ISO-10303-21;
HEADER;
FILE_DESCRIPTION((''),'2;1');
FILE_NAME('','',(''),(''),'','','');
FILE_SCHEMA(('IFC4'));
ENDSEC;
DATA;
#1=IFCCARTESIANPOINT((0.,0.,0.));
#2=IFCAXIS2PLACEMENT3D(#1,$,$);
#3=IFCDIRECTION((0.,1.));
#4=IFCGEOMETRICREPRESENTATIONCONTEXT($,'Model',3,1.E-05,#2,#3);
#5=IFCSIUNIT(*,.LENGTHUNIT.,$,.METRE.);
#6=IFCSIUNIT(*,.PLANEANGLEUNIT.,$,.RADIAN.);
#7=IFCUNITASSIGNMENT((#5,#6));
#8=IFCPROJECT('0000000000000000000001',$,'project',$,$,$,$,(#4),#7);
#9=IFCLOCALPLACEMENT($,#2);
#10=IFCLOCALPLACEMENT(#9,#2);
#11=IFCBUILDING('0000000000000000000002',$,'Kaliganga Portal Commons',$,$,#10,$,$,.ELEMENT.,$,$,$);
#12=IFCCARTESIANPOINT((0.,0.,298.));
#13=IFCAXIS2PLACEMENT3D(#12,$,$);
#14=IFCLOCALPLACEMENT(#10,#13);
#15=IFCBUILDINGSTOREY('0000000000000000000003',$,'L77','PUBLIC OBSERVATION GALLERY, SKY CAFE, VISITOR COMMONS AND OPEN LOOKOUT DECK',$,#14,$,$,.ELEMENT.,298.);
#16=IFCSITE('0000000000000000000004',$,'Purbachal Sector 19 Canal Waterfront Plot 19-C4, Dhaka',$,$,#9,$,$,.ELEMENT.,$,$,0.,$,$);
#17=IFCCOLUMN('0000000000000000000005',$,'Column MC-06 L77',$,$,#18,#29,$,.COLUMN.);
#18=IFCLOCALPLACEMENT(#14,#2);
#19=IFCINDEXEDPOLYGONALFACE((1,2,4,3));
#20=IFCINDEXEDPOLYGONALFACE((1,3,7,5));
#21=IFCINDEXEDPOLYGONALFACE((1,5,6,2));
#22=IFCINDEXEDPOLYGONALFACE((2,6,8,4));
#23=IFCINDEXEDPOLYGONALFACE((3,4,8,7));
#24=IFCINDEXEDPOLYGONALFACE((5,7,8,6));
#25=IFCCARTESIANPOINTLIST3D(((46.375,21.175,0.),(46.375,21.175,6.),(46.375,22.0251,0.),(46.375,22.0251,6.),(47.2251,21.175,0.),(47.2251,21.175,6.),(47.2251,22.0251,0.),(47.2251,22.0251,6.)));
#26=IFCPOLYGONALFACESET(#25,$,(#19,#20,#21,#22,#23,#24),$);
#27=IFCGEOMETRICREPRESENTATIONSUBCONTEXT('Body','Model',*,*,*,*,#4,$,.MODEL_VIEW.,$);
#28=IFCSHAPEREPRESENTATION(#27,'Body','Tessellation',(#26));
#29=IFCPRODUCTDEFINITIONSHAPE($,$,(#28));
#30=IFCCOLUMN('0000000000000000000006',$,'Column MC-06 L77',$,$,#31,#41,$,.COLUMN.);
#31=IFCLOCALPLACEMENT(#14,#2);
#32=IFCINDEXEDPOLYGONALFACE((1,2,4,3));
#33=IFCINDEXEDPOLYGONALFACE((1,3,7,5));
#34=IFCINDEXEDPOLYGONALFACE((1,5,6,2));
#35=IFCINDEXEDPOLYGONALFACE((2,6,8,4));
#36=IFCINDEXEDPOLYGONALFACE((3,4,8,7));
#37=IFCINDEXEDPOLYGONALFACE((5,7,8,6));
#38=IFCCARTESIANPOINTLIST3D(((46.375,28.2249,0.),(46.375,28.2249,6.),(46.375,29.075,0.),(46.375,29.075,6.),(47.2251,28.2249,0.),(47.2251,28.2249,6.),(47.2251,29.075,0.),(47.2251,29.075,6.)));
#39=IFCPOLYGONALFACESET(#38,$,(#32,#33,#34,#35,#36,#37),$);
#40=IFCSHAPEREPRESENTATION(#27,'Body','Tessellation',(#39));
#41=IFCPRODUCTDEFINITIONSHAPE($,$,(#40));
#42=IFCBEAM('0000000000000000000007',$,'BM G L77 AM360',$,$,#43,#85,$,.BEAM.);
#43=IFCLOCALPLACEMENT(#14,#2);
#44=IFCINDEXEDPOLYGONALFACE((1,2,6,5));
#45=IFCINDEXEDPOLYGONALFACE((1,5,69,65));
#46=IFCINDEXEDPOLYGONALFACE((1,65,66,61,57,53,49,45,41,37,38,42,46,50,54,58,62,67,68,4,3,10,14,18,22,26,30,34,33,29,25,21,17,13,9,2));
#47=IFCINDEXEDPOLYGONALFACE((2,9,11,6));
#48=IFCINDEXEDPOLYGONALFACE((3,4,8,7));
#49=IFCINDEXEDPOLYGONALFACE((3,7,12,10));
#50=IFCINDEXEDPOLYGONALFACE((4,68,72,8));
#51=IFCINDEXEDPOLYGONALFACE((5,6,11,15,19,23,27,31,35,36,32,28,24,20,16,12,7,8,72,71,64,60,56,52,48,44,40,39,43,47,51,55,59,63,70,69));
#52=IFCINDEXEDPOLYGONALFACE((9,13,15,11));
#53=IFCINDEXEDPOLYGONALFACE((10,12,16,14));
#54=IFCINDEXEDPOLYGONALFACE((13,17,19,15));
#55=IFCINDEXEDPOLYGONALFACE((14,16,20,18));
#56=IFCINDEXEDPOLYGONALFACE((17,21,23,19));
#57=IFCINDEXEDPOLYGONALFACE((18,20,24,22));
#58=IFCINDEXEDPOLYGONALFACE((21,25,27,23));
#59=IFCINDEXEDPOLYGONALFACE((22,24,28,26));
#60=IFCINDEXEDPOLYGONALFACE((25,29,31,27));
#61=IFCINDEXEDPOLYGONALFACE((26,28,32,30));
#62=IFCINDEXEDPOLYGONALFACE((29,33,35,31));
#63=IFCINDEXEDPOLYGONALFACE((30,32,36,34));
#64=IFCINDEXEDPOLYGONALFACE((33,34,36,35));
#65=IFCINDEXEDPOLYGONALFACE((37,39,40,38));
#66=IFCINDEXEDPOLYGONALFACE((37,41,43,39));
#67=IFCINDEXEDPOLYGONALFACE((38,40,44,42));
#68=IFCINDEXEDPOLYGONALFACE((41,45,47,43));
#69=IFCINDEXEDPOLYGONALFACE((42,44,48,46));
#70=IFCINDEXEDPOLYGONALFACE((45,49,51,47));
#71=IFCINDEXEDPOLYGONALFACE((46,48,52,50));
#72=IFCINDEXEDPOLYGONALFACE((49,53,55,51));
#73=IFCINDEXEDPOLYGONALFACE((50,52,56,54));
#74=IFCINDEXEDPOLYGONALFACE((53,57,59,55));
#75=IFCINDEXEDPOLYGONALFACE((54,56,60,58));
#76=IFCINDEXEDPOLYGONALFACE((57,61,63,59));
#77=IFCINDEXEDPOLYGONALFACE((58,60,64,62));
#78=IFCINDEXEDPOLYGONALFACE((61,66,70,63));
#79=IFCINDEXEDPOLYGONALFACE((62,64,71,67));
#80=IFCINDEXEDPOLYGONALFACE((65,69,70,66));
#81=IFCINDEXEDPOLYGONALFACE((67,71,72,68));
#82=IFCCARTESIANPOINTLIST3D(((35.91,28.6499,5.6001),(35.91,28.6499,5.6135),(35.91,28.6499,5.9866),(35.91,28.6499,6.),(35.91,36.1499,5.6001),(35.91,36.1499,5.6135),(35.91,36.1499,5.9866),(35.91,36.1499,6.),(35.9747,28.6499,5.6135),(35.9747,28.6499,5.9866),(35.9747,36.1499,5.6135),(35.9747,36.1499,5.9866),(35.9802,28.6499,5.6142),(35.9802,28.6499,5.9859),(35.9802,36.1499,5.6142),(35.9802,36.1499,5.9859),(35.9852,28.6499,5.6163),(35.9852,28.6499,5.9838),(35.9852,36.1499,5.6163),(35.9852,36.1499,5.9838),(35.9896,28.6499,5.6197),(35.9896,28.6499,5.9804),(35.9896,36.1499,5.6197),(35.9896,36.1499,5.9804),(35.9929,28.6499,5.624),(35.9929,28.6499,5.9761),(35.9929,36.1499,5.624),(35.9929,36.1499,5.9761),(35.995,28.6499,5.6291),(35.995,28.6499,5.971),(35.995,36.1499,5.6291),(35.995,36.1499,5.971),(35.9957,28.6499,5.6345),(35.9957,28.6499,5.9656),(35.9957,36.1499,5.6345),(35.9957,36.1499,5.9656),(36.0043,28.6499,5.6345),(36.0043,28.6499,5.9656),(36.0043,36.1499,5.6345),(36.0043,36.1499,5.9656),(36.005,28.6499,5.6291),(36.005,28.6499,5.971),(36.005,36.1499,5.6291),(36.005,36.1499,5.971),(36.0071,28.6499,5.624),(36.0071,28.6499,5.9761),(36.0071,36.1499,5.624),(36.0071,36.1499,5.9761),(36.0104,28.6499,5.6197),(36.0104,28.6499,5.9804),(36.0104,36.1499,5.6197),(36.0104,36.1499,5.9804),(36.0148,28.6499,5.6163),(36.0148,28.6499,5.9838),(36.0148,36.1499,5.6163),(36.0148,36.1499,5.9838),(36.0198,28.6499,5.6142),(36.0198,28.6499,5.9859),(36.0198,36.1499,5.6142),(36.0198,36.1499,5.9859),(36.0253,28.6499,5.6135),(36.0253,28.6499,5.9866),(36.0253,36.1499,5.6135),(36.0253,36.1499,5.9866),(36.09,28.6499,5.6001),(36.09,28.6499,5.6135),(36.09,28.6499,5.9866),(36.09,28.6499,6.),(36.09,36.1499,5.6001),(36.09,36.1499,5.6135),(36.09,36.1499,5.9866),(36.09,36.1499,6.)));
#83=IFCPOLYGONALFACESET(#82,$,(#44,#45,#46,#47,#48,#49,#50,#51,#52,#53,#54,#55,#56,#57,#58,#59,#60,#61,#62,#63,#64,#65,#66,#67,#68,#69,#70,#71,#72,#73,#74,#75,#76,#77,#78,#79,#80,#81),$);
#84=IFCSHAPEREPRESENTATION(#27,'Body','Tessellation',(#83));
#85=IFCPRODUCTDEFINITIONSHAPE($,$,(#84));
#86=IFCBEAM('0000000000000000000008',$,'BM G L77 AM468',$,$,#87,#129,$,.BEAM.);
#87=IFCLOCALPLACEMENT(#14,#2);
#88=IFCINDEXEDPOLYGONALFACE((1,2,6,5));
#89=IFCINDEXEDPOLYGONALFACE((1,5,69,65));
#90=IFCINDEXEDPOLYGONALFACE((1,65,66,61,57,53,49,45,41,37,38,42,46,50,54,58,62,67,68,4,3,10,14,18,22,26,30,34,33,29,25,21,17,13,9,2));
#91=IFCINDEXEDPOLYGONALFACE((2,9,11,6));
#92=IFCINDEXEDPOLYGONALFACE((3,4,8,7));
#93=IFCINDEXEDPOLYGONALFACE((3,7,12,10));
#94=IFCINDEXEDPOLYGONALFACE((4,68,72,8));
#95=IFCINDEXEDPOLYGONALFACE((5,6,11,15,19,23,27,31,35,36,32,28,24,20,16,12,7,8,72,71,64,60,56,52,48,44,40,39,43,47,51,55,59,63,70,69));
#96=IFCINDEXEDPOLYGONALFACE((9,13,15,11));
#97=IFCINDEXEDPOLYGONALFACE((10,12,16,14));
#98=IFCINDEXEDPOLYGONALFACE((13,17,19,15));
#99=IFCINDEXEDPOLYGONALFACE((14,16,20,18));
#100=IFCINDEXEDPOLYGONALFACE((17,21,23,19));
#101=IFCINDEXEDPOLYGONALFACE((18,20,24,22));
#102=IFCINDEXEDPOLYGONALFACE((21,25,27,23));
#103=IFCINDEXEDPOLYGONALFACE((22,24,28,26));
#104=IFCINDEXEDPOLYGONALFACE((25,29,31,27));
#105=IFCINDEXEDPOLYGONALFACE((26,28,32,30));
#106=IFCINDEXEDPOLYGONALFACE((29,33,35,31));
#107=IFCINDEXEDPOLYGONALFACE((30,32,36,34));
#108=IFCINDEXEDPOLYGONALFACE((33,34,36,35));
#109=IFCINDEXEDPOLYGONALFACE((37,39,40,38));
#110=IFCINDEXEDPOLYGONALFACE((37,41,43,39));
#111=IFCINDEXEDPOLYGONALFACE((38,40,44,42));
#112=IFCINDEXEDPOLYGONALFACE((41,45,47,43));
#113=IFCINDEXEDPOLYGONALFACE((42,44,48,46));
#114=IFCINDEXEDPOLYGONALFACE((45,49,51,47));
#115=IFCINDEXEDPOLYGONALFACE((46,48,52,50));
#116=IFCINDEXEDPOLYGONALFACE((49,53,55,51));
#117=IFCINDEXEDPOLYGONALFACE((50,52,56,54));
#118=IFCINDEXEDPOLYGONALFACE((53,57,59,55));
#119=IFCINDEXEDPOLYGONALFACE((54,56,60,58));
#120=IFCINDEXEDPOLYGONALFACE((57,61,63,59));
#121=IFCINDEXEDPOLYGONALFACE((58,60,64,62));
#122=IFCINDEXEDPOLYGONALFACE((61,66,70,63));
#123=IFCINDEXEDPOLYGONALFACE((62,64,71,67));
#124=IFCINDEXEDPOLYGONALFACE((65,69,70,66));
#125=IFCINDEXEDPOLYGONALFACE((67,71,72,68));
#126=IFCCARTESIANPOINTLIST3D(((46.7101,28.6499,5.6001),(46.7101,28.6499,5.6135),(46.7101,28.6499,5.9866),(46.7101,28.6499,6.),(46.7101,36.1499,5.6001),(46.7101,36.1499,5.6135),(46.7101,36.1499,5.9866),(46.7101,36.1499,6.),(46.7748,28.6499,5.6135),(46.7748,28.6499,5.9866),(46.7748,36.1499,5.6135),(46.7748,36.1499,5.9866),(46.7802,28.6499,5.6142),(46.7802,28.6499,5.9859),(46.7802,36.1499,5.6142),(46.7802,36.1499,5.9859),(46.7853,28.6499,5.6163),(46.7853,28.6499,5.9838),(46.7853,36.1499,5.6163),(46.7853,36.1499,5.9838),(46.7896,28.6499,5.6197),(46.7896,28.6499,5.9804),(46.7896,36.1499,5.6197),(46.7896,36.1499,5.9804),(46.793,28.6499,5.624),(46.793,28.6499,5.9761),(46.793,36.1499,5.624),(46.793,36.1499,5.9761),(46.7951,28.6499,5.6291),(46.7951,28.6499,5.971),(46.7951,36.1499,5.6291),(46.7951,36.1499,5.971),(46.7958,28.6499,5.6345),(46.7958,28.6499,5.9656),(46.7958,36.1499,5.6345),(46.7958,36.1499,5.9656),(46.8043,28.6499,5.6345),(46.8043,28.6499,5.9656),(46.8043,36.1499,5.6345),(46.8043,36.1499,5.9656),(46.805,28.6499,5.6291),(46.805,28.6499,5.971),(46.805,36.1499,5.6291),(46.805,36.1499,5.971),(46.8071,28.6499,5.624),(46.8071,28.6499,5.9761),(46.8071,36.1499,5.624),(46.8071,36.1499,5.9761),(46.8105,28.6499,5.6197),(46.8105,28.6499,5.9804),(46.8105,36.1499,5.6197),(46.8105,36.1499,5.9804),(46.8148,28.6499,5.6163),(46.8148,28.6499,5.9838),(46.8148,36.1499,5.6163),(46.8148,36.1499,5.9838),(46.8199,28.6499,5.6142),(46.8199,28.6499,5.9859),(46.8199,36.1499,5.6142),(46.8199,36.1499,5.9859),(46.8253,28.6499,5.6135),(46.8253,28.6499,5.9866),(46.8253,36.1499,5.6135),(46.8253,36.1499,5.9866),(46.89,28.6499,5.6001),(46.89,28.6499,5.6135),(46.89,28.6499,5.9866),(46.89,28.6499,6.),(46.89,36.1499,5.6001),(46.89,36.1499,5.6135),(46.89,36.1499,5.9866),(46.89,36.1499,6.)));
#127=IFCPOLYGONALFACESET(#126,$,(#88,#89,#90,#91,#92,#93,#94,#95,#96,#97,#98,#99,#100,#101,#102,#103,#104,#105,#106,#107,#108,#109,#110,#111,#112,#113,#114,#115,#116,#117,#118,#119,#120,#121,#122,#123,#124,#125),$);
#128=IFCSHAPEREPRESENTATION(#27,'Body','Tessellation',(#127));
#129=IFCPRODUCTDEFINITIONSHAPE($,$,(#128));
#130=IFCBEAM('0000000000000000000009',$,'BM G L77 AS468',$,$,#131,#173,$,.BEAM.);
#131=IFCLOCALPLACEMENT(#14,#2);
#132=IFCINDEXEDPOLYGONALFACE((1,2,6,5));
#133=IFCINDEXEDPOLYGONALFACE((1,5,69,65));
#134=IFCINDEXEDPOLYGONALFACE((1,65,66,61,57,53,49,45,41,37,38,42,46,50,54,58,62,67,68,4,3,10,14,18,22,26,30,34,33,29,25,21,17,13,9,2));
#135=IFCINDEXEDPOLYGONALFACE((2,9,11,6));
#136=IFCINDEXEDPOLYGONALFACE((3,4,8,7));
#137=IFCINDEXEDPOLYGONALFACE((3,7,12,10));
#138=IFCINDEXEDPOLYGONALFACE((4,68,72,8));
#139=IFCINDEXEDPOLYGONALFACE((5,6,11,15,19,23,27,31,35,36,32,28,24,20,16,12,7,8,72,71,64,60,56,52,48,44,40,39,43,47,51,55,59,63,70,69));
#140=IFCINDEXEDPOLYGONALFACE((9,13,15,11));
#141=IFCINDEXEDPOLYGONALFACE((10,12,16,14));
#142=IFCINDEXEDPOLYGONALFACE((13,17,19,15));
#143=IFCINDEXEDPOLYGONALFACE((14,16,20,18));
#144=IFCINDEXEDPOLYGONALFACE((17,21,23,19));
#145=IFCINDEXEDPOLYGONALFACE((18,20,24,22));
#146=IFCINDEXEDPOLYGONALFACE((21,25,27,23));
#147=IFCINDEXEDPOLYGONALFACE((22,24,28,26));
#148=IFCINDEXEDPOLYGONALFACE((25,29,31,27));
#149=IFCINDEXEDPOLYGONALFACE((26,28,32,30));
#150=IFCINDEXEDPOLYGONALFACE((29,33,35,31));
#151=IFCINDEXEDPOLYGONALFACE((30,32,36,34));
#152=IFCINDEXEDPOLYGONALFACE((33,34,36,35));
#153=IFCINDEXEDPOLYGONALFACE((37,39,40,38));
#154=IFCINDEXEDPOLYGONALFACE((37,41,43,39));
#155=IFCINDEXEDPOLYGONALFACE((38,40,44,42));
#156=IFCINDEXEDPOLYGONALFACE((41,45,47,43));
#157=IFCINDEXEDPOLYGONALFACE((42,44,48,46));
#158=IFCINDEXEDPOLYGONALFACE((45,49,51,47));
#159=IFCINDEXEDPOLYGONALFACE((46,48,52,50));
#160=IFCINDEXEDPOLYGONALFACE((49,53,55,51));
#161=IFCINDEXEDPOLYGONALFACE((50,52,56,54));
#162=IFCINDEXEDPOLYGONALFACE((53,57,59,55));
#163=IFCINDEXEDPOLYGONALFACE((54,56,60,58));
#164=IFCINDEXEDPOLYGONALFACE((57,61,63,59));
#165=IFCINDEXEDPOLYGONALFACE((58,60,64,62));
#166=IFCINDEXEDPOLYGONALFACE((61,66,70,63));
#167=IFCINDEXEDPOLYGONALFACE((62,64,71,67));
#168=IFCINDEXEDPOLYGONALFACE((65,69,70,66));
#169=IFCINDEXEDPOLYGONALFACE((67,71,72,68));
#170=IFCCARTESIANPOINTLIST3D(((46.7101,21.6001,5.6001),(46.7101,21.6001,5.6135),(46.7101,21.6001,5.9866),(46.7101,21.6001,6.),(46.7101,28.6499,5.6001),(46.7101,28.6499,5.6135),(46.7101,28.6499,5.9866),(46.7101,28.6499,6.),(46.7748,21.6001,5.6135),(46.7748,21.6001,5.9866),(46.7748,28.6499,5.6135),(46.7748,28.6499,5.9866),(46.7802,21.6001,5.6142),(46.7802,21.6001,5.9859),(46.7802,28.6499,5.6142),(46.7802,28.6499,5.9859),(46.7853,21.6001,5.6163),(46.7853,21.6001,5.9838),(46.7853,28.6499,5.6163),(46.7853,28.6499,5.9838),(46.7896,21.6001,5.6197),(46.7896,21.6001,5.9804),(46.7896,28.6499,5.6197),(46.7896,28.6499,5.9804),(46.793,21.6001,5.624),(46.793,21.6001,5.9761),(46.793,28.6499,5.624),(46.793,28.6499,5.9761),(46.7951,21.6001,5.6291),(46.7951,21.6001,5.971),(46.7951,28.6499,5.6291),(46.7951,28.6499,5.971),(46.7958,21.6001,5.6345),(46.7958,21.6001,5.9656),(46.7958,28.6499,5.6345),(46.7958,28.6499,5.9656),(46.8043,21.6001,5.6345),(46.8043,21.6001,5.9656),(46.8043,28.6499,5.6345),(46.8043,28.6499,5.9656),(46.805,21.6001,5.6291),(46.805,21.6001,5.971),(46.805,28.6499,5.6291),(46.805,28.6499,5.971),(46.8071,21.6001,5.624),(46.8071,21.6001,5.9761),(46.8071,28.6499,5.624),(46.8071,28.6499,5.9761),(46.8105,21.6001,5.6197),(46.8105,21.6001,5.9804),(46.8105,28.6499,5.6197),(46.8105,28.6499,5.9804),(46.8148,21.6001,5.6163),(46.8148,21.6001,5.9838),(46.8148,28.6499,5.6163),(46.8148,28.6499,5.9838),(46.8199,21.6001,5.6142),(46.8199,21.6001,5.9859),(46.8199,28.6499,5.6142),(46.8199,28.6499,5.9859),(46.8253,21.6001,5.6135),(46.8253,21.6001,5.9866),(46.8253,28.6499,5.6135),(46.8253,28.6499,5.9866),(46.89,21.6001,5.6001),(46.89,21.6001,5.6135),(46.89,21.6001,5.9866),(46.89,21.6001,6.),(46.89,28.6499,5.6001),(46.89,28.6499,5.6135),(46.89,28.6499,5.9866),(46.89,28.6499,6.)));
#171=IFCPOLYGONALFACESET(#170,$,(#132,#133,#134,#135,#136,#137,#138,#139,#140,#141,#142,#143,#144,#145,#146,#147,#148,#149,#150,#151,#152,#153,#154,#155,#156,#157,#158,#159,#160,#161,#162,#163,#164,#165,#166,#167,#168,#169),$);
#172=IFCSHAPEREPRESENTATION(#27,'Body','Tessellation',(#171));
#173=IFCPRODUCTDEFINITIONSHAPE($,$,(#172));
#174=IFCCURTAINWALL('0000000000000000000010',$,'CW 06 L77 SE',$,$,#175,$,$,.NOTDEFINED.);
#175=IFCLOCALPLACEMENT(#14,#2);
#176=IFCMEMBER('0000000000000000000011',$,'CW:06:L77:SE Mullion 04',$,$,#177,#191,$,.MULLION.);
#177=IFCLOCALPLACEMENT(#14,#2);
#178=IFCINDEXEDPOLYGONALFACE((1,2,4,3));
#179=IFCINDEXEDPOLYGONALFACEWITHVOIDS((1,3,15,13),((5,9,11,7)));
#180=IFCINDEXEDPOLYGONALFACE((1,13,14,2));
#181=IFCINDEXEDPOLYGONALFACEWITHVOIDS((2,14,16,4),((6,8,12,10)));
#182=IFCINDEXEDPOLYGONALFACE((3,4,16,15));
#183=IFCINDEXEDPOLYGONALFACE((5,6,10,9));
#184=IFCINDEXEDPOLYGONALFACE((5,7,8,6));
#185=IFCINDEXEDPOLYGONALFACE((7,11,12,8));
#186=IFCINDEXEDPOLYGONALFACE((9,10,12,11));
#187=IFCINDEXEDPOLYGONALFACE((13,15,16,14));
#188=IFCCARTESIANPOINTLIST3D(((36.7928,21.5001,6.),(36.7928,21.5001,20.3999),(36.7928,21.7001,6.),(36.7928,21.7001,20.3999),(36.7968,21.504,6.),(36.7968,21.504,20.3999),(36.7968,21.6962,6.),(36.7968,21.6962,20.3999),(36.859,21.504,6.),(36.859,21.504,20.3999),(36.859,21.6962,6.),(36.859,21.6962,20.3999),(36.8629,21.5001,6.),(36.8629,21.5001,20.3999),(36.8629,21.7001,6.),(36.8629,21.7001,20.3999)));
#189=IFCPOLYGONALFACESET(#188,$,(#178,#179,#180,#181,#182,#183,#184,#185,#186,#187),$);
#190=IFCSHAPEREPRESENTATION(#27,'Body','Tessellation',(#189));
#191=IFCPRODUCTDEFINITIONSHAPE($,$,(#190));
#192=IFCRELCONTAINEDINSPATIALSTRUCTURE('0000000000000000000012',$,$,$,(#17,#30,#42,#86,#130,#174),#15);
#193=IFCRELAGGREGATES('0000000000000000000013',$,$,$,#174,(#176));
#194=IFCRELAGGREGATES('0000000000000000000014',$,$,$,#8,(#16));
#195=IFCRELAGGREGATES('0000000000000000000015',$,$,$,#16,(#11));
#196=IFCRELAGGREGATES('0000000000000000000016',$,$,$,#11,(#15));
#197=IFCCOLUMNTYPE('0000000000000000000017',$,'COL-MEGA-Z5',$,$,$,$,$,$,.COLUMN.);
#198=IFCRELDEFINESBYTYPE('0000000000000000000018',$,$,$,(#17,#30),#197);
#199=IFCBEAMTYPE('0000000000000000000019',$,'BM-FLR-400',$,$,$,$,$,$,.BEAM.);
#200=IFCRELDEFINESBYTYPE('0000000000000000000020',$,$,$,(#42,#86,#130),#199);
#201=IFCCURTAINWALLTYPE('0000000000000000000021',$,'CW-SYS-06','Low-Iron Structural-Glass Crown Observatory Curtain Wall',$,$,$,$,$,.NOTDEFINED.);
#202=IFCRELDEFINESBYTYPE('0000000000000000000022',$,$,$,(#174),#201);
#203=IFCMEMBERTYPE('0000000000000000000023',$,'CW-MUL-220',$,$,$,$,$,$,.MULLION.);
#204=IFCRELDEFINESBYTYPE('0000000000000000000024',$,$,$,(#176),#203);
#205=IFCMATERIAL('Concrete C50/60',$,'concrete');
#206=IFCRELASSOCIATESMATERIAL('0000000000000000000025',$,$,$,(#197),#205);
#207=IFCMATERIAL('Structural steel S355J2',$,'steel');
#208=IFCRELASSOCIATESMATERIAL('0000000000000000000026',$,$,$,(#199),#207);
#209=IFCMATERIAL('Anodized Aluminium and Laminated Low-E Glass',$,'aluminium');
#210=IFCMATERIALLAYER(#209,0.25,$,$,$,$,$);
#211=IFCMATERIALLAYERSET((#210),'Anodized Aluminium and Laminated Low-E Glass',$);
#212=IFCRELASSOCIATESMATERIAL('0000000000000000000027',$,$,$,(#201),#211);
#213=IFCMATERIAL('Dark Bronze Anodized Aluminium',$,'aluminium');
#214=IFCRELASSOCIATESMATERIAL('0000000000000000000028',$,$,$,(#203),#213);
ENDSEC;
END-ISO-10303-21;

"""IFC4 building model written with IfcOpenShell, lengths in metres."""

from ifc_helpers import new_model, si_unit, direction, frame, origin, origin_2d, place, context, subcontext, project, spatial, rectangle, hollow_rectangle, i_section, extrude, source, transform, mapped, material, layer, layer_set, material_profile, profile_set, type_object, element, aggregate, save


model = new_model("IFC4")

# Units and contexts
model_context = context("Model", 3, precision=1e-05, world=origin(), true_north=direction((0.0, 1.0)))
body_context = subcontext(model_context, "Body", "Model", "MODEL_VIEW")
ifc_project = project(units=[si_unit("LENGTHUNIT", "METRE"), si_unit("PLANEANGLEUNIT", "RADIAN")], contexts=[model_context])

# Site, building, storey
site_placement = place(None, origin())
site = spatial("IfcSite", under=ifc_project, at=site_placement, Name="Purbachal Sector 19 Canal Waterfront Plot 19-C4, Dhaka", CompositionType="ELEMENT", RefElevation=0.0)
building_placement = place(site_placement, origin())
building = spatial("IfcBuilding", under=site, at=building_placement, Name="Kaliganga Portal Commons", CompositionType="ELEMENT")
storey_placement = place(building_placement, frame((0.0, 0.0, 298.0)))
storey = spatial("IfcBuildingStorey", under=building, at=storey_placement, Name="L77", Description="PUBLIC OBSERVATION GALLERY, SKY CAFE, VISITOR COMMONS AND OPEN LOOKOUT DECK", CompositionType="ELEMENT", Elevation=298.0)

# Columns
ifc_material_1 = material(Name="Concrete C50/60", Category="concrete")
ifc_material_profile_1 = material_profile(ifc_material_1, rectangle(XDim=0.8501, YDim=0.8501, at=origin_2d()), Name="RC 850x850")
ifc_profile_set_1 = profile_set([ifc_material_profile_1], Name="Concrete C50/60")
column_type = type_object("IfcColumnType", Name="COL-MEGA-Z5", PredefinedType="COLUMN", material=ifc_profile_set_1)
shared_shape_1 = source(origin(), body_context, "Body", "SweptSolid", [
    extrude(rectangle(XDim=0.8501, YDim=0.8501, at=origin_2d()), origin(), (0.0, 0.0, 1.0), 6.0),
])
for number, where, z_axis, x_axis, name in (
    (1, (46.8, 21.6001, 0.0), (0.0, 0.0, 1.0), (1.0, 0.0, 0.0), "Column MC-06 L77"),
    (2, (46.8, 28.6499, 0.0), (0.0, 0.0, 1.0), (1.0, 0.0, 0.0), "Column MC-06 L77"),
):
    element("IfcColumn", number, at=place(storey_placement, frame(where, z_axis=z_axis, x_axis=x_axis)), inside=storey, type_object=column_type, Name=name, PredefinedType="COLUMN", context=body_context, shape_type="MappedRepresentation", body=[
        mapped(shared_shape_1, transform((0.0, 0.0, 0.0), x_axis=(1.0, 0.0, 0.0), y_axis=(0.0, 1.0, 0.0), z_axis=(0.0, 0.0, 1.0), scale=1.0)),
    ])

# Beams
ifc_material_2 = material(Name="Structural steel S355J2", Category="steel")
ifc_material_profile_2 = material_profile(ifc_material_2, i_section(OverallWidth=0.1799, OverallDepth=0.3999, WebThickness=0.0085, FlangeThickness=0.0134, FilletRadius=0.021, at=origin_2d()), Name="IPE 400")
ifc_profile_set_2 = profile_set([ifc_material_profile_2], Name="Structural steel S355J2 wide-flange")
beam_type = type_object("IfcBeamType", Name="BM-FLR-400", PredefinedType="BEAM", material=ifc_profile_set_2)
shared_shape_2 = source(origin(), body_context, "Body", "SweptSolid", [
    extrude(i_section(OverallWidth=0.1799, OverallDepth=0.3999, WebThickness=0.0085, FlangeThickness=0.0134, FilletRadius=0.021, at=origin_2d()), origin(), (0.0, 0.0, 1.0), 7.5),
])
for number, where, z_axis, x_axis, name in (
    (3, (36.0, 28.6499, 5.8), (0.0, 1.0, 0.0), (-1.0, 0.0, 0.0), "BM G L77 AM360"),
    (4, (46.8, 28.6499, 5.8), (0.0, 1.0, 0.0), (-1.0, 0.0, 0.0), "BM G L77 AM468"),
):
    element("IfcBeam", number, at=place(storey_placement, frame(where, z_axis=z_axis, x_axis=x_axis)), inside=storey, type_object=beam_type, Name=name, PredefinedType="BEAM", context=body_context, shape_type="MappedRepresentation", body=[
        mapped(shared_shape_2, transform((0.0, 0.0, 0.0), x_axis=(1.0, 0.0, 0.0), y_axis=(0.0, 1.0, 0.0), z_axis=(0.0, 0.0, 1.0), scale=1.0)),
    ])
shared_shape_3 = source(origin(), body_context, "Body", "SweptSolid", [
    extrude(i_section(OverallWidth=0.1799, OverallDepth=0.3999, WebThickness=0.0085, FlangeThickness=0.0134, FilletRadius=0.021, at=origin_2d()), origin(), (0.0, 0.0, 1.0), 7.0498),
])
beam_placement = place(storey_placement, frame((46.8, 21.6001, 5.8), z_axis=(0.0, 1.0, 0.0), x_axis=(-1.0, 0.0, 0.0)))
element("IfcBeam", 5, at=beam_placement, inside=storey, type_object=beam_type, Name="BM G L77 AS468", PredefinedType="BEAM", context=body_context, shape_type="MappedRepresentation", body=[
    mapped(shared_shape_3, transform((0.0, 0.0, 0.0), x_axis=(1.0, 0.0, 0.0), y_axis=(0.0, 1.0, 0.0), z_axis=(0.0, 0.0, 1.0), scale=1.0)),
])

# Curtain wall, member
ifc_material_3 = material(Name="Anodized Aluminium and Laminated Low-E Glass", Category="aluminium")
ifc_layer_1 = layer(ifc_material_3, 0.25)
ifc_layer_set_1 = layer_set([ifc_layer_1], Name="Anodized Aluminium and Laminated Low-E Glass")
curtain_wall_type = type_object("IfcCurtainWallType", Name="CW-SYS-06", Description="Low-Iron Structural-Glass Crown Observatory Curtain Wall", PredefinedType="NOTDEFINED", material=ifc_layer_set_1)
curtain_wall_placement = place(storey_placement, origin())
curtain_wall = element("IfcCurtainWall", 6, at=curtain_wall_placement, inside=storey, type_object=curtain_wall_type, Name="CW 06 L77 SE", PredefinedType="NOTDEFINED")
ifc_material_4 = material(Name="Dark Bronze Anodized Aluminium", Category="aluminium")
ifc_material_profile_3 = material_profile(ifc_material_4, hollow_rectangle(XDim=0.0701, YDim=0.2, WallThickness=0.0039, at=origin_2d()), Name="ALU MULL 70x200x4")
ifc_profile_set_3 = profile_set([ifc_material_profile_3], Name="Dark Bronze Anodized Aluminium")
member_type = type_object("IfcMemberType", Name="CW-MUL-220", PredefinedType="MULLION", material=ifc_profile_set_3)
shared_shape_4 = source(origin(), body_context, "Body", "SweptSolid", [
    extrude(hollow_rectangle(XDim=0.0701, YDim=0.2, WallThickness=0.0039, at=origin_2d()), origin(), (0.0, 0.0, 1.0), 14.3999),
])
member_placement = place(storey_placement, frame((36.8279, 21.6001, 6.0), z_axis=(0.0, 0.0, 1.0), x_axis=(1.0, 0.0, 0.0)))
member = element("IfcMember", 7, at=member_placement, type_object=member_type, Name="CW:06:L77:SE Mullion 04", PredefinedType="MULLION", context=body_context, shape_type="MappedRepresentation", body=[
    mapped(shared_shape_4, transform((0.0, 0.0, 0.0), x_axis=(1.0, 0.0, 0.0), y_axis=(0.0, 1.0, 0.0), z_axis=(0.0, 0.0, 1.0), scale=1.0)),
])
aggregate(curtain_wall, [member])

save(model, "model.ifc")
